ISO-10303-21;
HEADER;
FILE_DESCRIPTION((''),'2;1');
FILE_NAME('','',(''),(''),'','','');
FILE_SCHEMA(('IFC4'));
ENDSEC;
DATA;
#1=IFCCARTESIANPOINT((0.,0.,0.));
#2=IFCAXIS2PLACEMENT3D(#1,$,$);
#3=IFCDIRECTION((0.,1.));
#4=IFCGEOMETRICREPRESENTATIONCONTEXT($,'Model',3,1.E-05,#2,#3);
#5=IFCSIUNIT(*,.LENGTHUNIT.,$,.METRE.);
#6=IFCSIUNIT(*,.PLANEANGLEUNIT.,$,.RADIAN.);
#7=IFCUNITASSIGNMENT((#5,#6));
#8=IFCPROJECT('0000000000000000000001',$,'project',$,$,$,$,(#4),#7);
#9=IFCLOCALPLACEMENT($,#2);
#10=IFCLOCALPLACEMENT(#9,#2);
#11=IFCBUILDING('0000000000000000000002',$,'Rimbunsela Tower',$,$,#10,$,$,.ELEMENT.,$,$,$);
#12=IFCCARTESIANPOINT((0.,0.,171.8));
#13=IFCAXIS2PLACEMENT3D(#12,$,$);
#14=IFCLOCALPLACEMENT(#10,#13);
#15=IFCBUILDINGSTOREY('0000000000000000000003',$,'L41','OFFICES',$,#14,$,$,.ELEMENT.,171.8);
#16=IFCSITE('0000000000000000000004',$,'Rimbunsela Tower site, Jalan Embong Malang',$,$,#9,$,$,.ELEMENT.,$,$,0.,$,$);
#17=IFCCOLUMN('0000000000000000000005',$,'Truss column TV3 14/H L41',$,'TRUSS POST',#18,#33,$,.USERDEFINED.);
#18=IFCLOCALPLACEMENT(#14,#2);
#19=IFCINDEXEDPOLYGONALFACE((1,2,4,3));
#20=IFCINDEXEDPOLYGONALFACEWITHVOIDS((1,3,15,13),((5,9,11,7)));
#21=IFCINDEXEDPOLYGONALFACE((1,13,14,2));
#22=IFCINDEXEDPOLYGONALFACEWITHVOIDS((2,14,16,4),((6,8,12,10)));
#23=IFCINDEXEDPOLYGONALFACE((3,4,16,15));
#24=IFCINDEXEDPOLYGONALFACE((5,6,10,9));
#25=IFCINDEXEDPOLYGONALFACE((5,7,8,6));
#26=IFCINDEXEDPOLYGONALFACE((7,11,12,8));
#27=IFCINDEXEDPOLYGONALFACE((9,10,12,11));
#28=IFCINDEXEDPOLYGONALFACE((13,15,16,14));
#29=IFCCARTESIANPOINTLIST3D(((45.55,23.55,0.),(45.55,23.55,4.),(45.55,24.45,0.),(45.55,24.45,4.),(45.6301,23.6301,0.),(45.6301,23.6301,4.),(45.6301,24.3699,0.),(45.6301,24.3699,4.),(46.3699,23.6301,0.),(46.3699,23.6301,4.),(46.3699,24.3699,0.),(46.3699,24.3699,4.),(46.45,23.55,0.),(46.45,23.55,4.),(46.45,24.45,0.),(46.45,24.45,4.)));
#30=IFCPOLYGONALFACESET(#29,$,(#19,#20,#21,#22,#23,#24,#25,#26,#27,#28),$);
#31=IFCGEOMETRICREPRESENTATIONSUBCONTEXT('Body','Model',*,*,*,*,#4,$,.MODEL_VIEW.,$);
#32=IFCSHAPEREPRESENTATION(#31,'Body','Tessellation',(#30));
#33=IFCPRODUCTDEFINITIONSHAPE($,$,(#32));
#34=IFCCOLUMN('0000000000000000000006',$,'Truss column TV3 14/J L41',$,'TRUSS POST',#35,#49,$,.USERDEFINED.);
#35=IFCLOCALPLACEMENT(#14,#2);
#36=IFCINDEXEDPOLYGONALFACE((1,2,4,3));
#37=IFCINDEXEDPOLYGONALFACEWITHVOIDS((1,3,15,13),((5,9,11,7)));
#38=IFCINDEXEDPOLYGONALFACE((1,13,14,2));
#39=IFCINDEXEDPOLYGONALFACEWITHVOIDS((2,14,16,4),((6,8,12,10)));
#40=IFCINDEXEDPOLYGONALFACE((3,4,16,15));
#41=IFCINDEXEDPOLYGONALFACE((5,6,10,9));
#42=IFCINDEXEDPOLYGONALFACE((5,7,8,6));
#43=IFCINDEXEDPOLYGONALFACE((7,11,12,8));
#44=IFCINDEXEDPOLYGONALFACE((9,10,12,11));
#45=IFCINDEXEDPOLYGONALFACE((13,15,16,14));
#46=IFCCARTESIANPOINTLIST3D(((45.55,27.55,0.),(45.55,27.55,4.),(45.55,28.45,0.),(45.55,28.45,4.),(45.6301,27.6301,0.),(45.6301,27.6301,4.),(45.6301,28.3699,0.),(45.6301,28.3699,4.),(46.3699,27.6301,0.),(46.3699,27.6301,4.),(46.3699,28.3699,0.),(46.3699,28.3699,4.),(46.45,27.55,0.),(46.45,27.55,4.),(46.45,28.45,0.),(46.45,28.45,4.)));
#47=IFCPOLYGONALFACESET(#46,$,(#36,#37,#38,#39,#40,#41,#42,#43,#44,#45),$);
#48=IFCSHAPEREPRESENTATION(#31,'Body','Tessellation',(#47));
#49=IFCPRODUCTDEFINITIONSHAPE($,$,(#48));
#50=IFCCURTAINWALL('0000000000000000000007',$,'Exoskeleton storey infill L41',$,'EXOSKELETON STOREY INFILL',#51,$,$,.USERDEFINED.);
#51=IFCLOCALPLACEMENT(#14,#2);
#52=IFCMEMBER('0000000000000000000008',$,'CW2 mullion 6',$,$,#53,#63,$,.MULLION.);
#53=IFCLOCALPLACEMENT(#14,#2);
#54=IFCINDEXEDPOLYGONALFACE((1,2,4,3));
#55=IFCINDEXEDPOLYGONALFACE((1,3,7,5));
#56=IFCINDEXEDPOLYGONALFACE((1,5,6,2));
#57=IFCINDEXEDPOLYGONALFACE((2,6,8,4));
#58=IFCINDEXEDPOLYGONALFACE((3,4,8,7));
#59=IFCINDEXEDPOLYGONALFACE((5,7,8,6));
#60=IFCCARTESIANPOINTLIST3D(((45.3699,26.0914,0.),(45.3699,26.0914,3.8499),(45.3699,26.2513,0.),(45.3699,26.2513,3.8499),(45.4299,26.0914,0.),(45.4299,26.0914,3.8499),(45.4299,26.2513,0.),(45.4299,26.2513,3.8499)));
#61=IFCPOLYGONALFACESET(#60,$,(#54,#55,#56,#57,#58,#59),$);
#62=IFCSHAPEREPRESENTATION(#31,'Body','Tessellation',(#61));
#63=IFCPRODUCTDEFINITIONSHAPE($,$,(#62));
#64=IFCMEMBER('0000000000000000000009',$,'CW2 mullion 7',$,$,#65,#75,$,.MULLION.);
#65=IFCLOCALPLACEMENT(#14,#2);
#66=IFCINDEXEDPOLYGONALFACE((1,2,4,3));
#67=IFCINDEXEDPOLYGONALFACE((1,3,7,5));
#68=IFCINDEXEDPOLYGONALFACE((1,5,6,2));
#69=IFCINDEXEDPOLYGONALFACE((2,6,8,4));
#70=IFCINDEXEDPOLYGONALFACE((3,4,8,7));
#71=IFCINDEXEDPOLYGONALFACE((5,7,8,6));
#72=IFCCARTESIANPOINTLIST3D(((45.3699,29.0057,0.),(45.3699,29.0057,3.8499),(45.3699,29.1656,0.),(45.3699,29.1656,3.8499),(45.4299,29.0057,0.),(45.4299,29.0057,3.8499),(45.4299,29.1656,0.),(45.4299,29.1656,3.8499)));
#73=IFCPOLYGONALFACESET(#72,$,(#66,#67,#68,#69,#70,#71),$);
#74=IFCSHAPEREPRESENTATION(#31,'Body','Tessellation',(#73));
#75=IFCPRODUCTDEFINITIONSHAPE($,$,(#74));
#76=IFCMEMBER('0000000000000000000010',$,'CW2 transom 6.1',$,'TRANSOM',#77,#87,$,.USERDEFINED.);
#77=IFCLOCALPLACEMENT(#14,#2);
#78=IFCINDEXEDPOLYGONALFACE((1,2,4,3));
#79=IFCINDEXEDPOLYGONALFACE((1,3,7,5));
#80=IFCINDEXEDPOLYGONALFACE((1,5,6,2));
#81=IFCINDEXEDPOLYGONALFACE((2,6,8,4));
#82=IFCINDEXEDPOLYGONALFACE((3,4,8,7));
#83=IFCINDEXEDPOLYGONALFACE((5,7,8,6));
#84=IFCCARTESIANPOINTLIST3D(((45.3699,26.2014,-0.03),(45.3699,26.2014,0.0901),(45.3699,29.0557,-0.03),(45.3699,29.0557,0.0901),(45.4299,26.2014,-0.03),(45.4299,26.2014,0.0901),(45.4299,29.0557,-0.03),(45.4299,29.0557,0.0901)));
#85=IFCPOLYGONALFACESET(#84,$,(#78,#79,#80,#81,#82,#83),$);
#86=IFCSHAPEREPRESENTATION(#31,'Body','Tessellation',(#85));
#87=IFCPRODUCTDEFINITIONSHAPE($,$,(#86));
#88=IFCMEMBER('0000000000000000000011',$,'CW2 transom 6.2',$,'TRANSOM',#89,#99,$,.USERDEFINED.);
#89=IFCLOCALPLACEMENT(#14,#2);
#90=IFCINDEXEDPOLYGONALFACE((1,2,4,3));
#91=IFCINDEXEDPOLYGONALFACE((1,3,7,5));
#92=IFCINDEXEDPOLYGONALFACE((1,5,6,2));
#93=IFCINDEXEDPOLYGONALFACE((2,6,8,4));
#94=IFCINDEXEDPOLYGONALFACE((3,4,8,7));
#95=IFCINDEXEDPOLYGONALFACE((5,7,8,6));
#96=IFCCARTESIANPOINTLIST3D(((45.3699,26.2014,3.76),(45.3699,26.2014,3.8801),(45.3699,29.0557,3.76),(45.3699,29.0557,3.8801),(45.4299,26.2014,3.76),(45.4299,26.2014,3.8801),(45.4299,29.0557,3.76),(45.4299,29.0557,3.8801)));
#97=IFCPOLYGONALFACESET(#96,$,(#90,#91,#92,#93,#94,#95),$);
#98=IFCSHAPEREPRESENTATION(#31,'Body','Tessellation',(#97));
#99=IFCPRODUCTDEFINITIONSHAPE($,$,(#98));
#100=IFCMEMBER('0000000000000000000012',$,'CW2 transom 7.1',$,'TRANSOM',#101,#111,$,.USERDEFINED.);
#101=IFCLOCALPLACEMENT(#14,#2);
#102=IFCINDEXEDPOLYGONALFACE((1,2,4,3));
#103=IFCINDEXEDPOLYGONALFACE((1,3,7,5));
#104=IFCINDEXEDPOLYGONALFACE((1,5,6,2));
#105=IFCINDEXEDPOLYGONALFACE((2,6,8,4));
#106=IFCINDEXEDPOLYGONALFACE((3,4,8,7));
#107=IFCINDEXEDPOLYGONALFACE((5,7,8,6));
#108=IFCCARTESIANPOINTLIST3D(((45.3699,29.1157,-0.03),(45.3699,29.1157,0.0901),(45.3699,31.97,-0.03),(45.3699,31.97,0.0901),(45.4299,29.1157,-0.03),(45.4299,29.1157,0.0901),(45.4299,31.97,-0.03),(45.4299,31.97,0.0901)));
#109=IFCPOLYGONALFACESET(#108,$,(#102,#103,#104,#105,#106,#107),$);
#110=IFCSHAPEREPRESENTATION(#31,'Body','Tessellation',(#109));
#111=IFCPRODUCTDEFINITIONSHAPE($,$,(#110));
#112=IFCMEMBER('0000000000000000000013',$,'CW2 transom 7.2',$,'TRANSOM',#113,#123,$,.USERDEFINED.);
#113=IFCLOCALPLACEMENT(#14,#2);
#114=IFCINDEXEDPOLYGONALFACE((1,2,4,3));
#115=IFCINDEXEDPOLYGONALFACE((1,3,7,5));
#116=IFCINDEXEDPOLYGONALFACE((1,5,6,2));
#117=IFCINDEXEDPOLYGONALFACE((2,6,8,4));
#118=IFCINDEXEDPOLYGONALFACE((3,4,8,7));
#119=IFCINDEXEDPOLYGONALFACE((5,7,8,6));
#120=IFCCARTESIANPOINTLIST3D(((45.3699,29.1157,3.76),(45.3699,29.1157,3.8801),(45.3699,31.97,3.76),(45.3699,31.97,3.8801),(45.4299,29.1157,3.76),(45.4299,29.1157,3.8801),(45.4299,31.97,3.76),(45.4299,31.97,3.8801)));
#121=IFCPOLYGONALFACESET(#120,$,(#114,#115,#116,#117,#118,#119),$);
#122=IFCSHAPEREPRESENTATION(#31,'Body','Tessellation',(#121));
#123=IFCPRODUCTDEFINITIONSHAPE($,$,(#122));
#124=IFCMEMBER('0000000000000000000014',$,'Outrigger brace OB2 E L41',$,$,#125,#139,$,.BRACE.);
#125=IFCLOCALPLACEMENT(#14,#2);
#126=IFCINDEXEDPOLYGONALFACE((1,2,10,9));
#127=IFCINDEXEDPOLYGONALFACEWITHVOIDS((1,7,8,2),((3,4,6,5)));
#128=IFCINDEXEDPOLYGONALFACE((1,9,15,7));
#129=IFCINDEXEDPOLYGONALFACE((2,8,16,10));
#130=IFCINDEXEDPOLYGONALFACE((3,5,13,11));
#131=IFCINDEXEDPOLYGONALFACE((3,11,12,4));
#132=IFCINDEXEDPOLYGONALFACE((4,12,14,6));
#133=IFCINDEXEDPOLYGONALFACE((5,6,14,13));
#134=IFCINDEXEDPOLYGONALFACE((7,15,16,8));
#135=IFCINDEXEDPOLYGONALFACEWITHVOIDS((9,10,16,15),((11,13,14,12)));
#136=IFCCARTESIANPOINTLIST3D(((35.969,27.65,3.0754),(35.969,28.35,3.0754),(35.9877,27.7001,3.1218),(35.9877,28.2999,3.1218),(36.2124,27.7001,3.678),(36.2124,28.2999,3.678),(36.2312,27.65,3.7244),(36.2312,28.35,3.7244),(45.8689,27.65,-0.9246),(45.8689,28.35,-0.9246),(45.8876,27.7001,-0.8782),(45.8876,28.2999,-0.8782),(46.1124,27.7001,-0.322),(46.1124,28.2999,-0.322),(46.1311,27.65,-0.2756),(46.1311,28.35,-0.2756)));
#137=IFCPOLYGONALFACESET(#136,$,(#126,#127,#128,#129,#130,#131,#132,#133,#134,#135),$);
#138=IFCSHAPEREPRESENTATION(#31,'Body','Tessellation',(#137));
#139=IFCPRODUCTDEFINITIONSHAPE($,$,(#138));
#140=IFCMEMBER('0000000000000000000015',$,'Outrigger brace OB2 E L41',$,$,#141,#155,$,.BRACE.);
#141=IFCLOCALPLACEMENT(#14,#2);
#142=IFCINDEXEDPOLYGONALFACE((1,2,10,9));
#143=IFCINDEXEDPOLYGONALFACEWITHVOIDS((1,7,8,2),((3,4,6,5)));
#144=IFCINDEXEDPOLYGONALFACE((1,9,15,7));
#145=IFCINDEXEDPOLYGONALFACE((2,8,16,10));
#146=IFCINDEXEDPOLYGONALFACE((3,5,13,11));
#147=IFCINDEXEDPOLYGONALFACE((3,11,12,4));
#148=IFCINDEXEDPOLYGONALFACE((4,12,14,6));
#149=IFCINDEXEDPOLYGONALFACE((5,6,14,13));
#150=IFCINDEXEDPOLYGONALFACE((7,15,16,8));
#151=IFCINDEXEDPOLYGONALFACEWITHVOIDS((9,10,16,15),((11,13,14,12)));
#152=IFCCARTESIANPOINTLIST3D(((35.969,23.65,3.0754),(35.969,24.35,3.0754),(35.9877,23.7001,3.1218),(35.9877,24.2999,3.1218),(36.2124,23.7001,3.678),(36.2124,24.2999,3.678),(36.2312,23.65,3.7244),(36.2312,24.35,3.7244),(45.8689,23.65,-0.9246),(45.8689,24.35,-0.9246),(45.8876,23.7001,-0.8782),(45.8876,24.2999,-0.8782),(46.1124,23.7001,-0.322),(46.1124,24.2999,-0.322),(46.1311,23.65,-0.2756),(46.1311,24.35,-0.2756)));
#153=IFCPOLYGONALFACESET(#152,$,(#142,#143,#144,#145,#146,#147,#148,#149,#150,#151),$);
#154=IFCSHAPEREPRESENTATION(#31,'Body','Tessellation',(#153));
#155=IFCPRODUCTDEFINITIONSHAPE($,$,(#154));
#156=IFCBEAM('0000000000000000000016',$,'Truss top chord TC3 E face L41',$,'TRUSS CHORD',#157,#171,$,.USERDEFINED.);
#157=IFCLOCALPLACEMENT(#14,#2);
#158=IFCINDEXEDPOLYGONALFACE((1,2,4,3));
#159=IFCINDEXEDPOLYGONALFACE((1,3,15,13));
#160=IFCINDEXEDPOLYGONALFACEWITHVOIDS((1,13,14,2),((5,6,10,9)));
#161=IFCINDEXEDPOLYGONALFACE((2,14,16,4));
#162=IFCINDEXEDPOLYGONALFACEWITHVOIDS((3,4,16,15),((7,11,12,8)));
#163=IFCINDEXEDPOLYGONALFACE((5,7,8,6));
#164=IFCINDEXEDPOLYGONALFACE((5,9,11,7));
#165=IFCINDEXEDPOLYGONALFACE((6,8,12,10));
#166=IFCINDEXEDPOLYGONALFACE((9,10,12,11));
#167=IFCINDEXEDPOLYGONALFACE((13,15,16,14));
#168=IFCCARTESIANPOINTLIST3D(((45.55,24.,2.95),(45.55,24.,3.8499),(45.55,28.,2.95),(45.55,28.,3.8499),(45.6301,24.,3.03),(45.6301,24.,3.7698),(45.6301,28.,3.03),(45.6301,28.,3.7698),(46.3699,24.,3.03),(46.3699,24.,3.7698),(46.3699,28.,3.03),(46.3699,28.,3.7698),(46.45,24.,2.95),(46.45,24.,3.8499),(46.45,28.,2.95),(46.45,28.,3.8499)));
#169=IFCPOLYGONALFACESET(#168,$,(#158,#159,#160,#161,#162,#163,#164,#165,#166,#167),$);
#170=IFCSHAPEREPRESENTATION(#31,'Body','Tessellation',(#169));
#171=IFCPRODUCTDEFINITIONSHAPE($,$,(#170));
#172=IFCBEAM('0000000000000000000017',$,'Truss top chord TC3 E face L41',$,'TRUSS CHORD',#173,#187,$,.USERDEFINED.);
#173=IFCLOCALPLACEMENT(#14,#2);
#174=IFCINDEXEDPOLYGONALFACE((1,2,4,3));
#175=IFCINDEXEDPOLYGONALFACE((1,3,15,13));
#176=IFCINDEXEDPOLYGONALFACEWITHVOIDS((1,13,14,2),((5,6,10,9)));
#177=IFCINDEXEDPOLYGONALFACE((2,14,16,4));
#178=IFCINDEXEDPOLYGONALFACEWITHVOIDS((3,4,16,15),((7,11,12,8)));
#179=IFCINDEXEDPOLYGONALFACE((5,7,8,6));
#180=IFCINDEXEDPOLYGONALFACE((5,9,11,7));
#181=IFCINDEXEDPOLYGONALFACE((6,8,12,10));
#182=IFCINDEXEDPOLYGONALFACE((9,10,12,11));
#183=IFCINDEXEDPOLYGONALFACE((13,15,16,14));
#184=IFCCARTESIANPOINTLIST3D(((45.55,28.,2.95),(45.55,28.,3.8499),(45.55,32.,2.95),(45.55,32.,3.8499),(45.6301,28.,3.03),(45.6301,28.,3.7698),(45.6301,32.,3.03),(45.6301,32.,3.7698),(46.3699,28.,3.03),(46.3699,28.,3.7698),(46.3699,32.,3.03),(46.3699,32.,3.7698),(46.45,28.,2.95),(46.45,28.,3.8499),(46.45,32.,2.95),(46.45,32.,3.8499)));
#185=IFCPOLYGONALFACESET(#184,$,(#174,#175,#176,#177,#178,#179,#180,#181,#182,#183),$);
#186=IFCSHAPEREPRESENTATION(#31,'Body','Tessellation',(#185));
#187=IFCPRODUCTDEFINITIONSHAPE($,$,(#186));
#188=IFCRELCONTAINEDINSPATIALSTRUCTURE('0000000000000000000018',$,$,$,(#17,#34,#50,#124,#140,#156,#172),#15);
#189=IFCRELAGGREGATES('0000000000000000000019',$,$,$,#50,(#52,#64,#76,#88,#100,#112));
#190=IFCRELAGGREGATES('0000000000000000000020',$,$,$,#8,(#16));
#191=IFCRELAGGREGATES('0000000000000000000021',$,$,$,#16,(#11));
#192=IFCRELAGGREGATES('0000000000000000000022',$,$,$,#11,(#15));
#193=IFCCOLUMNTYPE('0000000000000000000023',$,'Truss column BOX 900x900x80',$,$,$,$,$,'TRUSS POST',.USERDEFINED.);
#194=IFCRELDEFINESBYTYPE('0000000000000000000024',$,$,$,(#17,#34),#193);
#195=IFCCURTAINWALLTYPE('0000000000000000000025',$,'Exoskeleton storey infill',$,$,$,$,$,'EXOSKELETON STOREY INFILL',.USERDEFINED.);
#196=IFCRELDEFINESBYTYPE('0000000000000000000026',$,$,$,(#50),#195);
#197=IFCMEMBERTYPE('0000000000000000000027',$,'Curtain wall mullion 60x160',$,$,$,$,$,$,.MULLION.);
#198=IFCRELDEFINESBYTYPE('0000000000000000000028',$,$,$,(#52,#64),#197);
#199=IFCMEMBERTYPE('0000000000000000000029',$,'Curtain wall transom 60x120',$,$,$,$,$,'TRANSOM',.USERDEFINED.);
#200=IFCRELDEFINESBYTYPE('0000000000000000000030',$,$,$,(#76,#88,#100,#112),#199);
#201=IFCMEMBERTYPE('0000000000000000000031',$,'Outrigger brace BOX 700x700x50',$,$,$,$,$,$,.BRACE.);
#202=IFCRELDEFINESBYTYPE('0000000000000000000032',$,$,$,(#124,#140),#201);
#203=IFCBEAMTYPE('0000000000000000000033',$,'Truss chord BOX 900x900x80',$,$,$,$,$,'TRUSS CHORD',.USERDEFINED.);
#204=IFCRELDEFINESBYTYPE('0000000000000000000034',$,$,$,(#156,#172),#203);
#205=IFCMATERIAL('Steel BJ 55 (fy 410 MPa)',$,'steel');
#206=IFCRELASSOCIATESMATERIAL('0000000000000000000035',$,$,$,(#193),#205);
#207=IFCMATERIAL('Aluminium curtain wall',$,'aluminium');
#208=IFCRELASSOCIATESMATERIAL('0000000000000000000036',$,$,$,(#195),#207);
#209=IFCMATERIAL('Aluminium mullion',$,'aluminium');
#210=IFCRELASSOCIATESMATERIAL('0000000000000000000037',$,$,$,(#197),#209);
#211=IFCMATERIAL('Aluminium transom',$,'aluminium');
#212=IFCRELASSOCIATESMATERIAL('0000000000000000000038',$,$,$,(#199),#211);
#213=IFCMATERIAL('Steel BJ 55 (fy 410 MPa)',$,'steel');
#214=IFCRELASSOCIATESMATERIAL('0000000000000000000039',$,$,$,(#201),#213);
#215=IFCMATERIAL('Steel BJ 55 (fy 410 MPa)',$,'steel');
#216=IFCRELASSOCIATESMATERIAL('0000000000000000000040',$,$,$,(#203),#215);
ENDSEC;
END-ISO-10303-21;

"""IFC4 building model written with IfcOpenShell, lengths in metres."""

from ifc_helpers import new_model, si_unit, direction, frame, origin, origin_2d, place, context, subcontext, project, spatial, rectangle, hollow_rectangle, extrude, material, material_profile, profile_set, type_object, element, aggregate, save


model = new_model("IFC4")

# Units and contexts
model_context = context("Model", 3, precision=1e-05, world=origin(), true_north=direction((0.0, 1.0)))
body_context = subcontext(model_context, "Body", "Model", "MODEL_VIEW")
ifc_project = project(units=[si_unit("LENGTHUNIT", "METRE"), si_unit("PLANEANGLEUNIT", "RADIAN")], contexts=[model_context])

# Site, building, storey
site_placement = place(None, origin())
site = spatial("IfcSite", under=ifc_project, at=site_placement, Name="Rimbunsela Tower site, Jalan Embong Malang", CompositionType="ELEMENT", RefElevation=0.0)
building_placement = place(site_placement, origin())
building = spatial("IfcBuilding", under=site, at=building_placement, Name="Rimbunsela Tower", CompositionType="ELEMENT")
storey_placement = place(building_placement, frame((0.0, 0.0, 171.8)))
storey = spatial("IfcBuildingStorey", under=building, at=storey_placement, Name="L41", Description="OFFICES", CompositionType="ELEMENT", Elevation=171.8)

# Columns
ifc_material_1 = material(Name="Steel BJ 55 (fy 410 MPa)", Category="steel")
ifc_material_profile_1 = material_profile(ifc_material_1, hollow_rectangle(XDim=0.8999, YDim=0.8999, WallThickness=0.0801, at=origin_2d()), Name="BOX 900x900x80")
ifc_profile_set_1 = profile_set([ifc_material_profile_1], Name="Steel BJ 55 (fy 410 MPa)")
column_type = type_object("IfcColumnType", Name="Truss column BOX 900x900x80", ElementType="TRUSS POST", PredefinedType="USERDEFINED", material=ifc_profile_set_1)
for number, where, z_axis, x_axis, name in (
    (1, (46.0, 24.0, 0.0), (0.0, 0.0, 1.0), (1.0, 0.0, 0.0), "Truss column TV3 14/H L41"),
    (2, (46.0, 28.0, 0.0), (0.0, 0.0, 1.0), (1.0, 0.0, 0.0), "Truss column TV3 14/J L41"),
):
    element("IfcColumn", number, at=place(storey_placement, frame(where, z_axis=z_axis, x_axis=x_axis)), inside=storey, type_object=column_type, Name=name, ObjectType="TRUSS POST", PredefinedType="USERDEFINED", context=body_context, shape_type="SweptSolid", body=[
        extrude(hollow_rectangle(XDim=0.8999, YDim=0.8999, WallThickness=0.0801, at=origin_2d()), origin(), (0.0, 0.0, 1.0), 4.0),
    ])

# Curtain wall, members
ifc_material_2 = material(Name="Aluminium curtain wall", Category="aluminium")
curtain_wall_type = type_object("IfcCurtainWallType", Name="Exoskeleton storey infill", ElementType="EXOSKELETON STOREY INFILL", PredefinedType="USERDEFINED", material=ifc_material_2)
curtain_wall_placement = place(storey_placement, origin())
curtain_wall = element("IfcCurtainWall", 3, at=curtain_wall_placement, inside=storey, type_object=curtain_wall_type, Name="Exoskeleton storey infill L41", ObjectType="EXOSKELETON STOREY INFILL", PredefinedType="USERDEFINED")
ifc_material_3 = material(Name="Aluminium mullion", Category="aluminium")
ifc_material_profile_2 = material_profile(ifc_material_3, rectangle(XDim=0.0601, YDim=0.1599, at=origin_2d()), Name="Mullion 60x160")
ifc_profile_set_2 = profile_set([ifc_material_profile_2], Name="Aluminium mullion")
member_type_1 = type_object("IfcMemberType", Name="Curtain wall mullion 60x160", PredefinedType="MULLION", material=ifc_profile_set_2)
member_1_placement = place(storey_placement, frame((45.3999, 26.1714, 0.0), z_axis=(0.0, 0.0, 1.0), x_axis=(-1.0, 0.0, 0.0)))
member_1 = element("IfcMember", 4, at=member_1_placement, type_object=member_type_1, Name="CW2 mullion 6", PredefinedType="MULLION", context=body_context, shape_type="SweptSolid", body=[
    extrude(rectangle(XDim=0.0601, YDim=0.1599, at=origin_2d()), origin(), (0.0, 0.0, 1.0), 3.8499),
])
member_2_placement = place(storey_placement, frame((45.3999, 29.0857, 0.0), z_axis=(0.0, 0.0, 1.0), x_axis=(-1.0, 0.0, 0.0)))
member_2 = element("IfcMember", 5, at=member_2_placement, type_object=member_type_1, Name="CW2 mullion 7", PredefinedType="MULLION", context=body_context, shape_type="SweptSolid", body=[
    extrude(rectangle(XDim=0.0601, YDim=0.1599, at=origin_2d()), origin(), (0.0, 0.0, 1.0), 3.8499),
])
ifc_material_4 = material(Name="Aluminium transom", Category="aluminium")
ifc_material_profile_3 = material_profile(ifc_material_4, rectangle(XDim=0.0601, YDim=0.1201, at=origin_2d()), Name="Transom 60x120")
ifc_profile_set_3 = profile_set([ifc_material_profile_3], Name="Aluminium transom")
member_type_2 = type_object("IfcMemberType", Name="Curtain wall transom 60x120", ElementType="TRANSOM", PredefinedType="USERDEFINED", material=ifc_profile_set_3)
member_3_placement = place(storey_placement, frame((45.3999, 26.2014, 0.03), z_axis=(0.0, 1.0, 0.0), x_axis=(-1.0, 0.0, 0.0)))
member_3 = element("IfcMember", 6, at=member_3_placement, type_object=member_type_2, Name="CW2 transom 6.1", ObjectType="TRANSOM", PredefinedType="USERDEFINED", context=body_context, shape_type="SweptSolid", body=[
    extrude(rectangle(XDim=0.0601, YDim=0.1201, at=origin_2d()), origin(), (0.0, 0.0, 1.0), 2.8542),
])
member_4_placement = place(storey_placement, frame((45.3999, 26.2014, 3.8201), z_axis=(0.0, 1.0, 0.0), x_axis=(-1.0, 0.0, 0.0)))
member_4 = element("IfcMember", 7, at=member_4_placement, type_object=member_type_2, Name="CW2 transom 6.2", ObjectType="TRANSOM", PredefinedType="USERDEFINED", context=body_context, shape_type="SweptSolid", body=[
    extrude(rectangle(XDim=0.0601, YDim=0.1201, at=origin_2d()), origin(), (0.0, 0.0, 1.0), 2.8542),
])
member_5_placement = place(storey_placement, frame((45.3999, 29.1157, 0.03), z_axis=(0.0, 1.0, 0.0), x_axis=(-1.0, 0.0, 0.0)))
member_5 = element("IfcMember", 8, at=member_5_placement, type_object=member_type_2, Name="CW2 transom 7.1", ObjectType="TRANSOM", PredefinedType="USERDEFINED", context=body_context, shape_type="SweptSolid", body=[
    extrude(rectangle(XDim=0.0601, YDim=0.1201, at=origin_2d()), origin(), (0.0, 0.0, 1.0), 2.8542),
])
member_6_placement = place(storey_placement, frame((45.3999, 29.1157, 3.8201), z_axis=(0.0, 1.0, 0.0), x_axis=(-1.0, 0.0, 0.0)))
member_6 = element("IfcMember", 9, at=member_6_placement, type_object=member_type_2, Name="CW2 transom 7.2", ObjectType="TRANSOM", PredefinedType="USERDEFINED", context=body_context, shape_type="SweptSolid", body=[
    extrude(rectangle(XDim=0.0601, YDim=0.1201, at=origin_2d()), origin(), (0.0, 0.0, 1.0), 2.8542),
])

# Members
ifc_material_5 = material(Name="Steel BJ 55 (fy 410 MPa)", Category="steel")
ifc_material_profile_4 = material_profile(ifc_material_5, hollow_rectangle(XDim=0.7, YDim=0.7, WallThickness=0.05, at=origin_2d()), Name="BOX 700x700x50")
ifc_profile_set_4 = profile_set([ifc_material_profile_4], Name="Steel BJ 55 (fy 410 MPa)")
member_type_3 = type_object("IfcMemberType", Name="Outrigger brace BOX 700x700x50", PredefinedType="BRACE", material=ifc_profile_set_4)
for number, where, z_axis, x_axis, name in (
    (10, (46.0, 28.0, -0.6001), (-0.927178, 0.0, 0.374621), (0.0, -1.0, 0.0), "Outrigger brace OB2 E L41"),
    (11, (46.0, 24.0, -0.6001), (-0.927178, 0.0, 0.374621), (0.0, -1.0, 0.0), "Outrigger brace OB2 E L41"),
):
    element("IfcMember", number, at=place(storey_placement, frame(where, z_axis=z_axis, x_axis=x_axis)), inside=storey, type_object=member_type_3, Name=name, PredefinedType="BRACE", context=body_context, shape_type="SweptSolid", body=[
        extrude(hollow_rectangle(XDim=0.7, YDim=0.7, WallThickness=0.05, at=origin_2d()), origin(), (0.0, 0.0, 1.0), 10.6775),
    ])

# Beams
ifc_material_6 = material(Name="Steel BJ 55 (fy 410 MPa)", Category="steel")
ifc_material_profile_5 = material_profile(ifc_material_6, hollow_rectangle(XDim=0.8999, YDim=0.8999, WallThickness=0.0801, at=origin_2d()), Name="BOX 900x900x80")
ifc_profile_set_5 = profile_set([ifc_material_profile_5], Name="Steel BJ 55 (fy 410 MPa)")
beam_type = type_object("IfcBeamType", Name="Truss chord BOX 900x900x80", ElementType="TRUSS CHORD", PredefinedType="USERDEFINED", material=ifc_profile_set_5)
for number, where, z_axis, x_axis, name in (
    (12, (46.0, 24.0, 3.3999), (0.0, 1.0, 0.0), (-1.0, 0.0, 0.0), "Truss top chord TC3 E face L41"),
    (13, (46.0, 28.0, 3.3999), (0.0, 1.0, 0.0), (-1.0, 0.0, 0.0), "Truss top chord TC3 E face L41"),
):
    element("IfcBeam", number, at=place(storey_placement, frame(where, z_axis=z_axis, x_axis=x_axis)), inside=storey, type_object=beam_type, Name=name, ObjectType="TRUSS CHORD", PredefinedType="USERDEFINED", context=body_context, shape_type="SweptSolid", body=[
        extrude(hollow_rectangle(XDim=0.8999, YDim=0.8999, WallThickness=0.0801, at=origin_2d()), origin(), (0.0, 0.0, 1.0), 4.0),
    ])

aggregate(curtain_wall, [member_1, member_2, member_3, member_4, member_5, member_6])

save(model, "model.ifc")
